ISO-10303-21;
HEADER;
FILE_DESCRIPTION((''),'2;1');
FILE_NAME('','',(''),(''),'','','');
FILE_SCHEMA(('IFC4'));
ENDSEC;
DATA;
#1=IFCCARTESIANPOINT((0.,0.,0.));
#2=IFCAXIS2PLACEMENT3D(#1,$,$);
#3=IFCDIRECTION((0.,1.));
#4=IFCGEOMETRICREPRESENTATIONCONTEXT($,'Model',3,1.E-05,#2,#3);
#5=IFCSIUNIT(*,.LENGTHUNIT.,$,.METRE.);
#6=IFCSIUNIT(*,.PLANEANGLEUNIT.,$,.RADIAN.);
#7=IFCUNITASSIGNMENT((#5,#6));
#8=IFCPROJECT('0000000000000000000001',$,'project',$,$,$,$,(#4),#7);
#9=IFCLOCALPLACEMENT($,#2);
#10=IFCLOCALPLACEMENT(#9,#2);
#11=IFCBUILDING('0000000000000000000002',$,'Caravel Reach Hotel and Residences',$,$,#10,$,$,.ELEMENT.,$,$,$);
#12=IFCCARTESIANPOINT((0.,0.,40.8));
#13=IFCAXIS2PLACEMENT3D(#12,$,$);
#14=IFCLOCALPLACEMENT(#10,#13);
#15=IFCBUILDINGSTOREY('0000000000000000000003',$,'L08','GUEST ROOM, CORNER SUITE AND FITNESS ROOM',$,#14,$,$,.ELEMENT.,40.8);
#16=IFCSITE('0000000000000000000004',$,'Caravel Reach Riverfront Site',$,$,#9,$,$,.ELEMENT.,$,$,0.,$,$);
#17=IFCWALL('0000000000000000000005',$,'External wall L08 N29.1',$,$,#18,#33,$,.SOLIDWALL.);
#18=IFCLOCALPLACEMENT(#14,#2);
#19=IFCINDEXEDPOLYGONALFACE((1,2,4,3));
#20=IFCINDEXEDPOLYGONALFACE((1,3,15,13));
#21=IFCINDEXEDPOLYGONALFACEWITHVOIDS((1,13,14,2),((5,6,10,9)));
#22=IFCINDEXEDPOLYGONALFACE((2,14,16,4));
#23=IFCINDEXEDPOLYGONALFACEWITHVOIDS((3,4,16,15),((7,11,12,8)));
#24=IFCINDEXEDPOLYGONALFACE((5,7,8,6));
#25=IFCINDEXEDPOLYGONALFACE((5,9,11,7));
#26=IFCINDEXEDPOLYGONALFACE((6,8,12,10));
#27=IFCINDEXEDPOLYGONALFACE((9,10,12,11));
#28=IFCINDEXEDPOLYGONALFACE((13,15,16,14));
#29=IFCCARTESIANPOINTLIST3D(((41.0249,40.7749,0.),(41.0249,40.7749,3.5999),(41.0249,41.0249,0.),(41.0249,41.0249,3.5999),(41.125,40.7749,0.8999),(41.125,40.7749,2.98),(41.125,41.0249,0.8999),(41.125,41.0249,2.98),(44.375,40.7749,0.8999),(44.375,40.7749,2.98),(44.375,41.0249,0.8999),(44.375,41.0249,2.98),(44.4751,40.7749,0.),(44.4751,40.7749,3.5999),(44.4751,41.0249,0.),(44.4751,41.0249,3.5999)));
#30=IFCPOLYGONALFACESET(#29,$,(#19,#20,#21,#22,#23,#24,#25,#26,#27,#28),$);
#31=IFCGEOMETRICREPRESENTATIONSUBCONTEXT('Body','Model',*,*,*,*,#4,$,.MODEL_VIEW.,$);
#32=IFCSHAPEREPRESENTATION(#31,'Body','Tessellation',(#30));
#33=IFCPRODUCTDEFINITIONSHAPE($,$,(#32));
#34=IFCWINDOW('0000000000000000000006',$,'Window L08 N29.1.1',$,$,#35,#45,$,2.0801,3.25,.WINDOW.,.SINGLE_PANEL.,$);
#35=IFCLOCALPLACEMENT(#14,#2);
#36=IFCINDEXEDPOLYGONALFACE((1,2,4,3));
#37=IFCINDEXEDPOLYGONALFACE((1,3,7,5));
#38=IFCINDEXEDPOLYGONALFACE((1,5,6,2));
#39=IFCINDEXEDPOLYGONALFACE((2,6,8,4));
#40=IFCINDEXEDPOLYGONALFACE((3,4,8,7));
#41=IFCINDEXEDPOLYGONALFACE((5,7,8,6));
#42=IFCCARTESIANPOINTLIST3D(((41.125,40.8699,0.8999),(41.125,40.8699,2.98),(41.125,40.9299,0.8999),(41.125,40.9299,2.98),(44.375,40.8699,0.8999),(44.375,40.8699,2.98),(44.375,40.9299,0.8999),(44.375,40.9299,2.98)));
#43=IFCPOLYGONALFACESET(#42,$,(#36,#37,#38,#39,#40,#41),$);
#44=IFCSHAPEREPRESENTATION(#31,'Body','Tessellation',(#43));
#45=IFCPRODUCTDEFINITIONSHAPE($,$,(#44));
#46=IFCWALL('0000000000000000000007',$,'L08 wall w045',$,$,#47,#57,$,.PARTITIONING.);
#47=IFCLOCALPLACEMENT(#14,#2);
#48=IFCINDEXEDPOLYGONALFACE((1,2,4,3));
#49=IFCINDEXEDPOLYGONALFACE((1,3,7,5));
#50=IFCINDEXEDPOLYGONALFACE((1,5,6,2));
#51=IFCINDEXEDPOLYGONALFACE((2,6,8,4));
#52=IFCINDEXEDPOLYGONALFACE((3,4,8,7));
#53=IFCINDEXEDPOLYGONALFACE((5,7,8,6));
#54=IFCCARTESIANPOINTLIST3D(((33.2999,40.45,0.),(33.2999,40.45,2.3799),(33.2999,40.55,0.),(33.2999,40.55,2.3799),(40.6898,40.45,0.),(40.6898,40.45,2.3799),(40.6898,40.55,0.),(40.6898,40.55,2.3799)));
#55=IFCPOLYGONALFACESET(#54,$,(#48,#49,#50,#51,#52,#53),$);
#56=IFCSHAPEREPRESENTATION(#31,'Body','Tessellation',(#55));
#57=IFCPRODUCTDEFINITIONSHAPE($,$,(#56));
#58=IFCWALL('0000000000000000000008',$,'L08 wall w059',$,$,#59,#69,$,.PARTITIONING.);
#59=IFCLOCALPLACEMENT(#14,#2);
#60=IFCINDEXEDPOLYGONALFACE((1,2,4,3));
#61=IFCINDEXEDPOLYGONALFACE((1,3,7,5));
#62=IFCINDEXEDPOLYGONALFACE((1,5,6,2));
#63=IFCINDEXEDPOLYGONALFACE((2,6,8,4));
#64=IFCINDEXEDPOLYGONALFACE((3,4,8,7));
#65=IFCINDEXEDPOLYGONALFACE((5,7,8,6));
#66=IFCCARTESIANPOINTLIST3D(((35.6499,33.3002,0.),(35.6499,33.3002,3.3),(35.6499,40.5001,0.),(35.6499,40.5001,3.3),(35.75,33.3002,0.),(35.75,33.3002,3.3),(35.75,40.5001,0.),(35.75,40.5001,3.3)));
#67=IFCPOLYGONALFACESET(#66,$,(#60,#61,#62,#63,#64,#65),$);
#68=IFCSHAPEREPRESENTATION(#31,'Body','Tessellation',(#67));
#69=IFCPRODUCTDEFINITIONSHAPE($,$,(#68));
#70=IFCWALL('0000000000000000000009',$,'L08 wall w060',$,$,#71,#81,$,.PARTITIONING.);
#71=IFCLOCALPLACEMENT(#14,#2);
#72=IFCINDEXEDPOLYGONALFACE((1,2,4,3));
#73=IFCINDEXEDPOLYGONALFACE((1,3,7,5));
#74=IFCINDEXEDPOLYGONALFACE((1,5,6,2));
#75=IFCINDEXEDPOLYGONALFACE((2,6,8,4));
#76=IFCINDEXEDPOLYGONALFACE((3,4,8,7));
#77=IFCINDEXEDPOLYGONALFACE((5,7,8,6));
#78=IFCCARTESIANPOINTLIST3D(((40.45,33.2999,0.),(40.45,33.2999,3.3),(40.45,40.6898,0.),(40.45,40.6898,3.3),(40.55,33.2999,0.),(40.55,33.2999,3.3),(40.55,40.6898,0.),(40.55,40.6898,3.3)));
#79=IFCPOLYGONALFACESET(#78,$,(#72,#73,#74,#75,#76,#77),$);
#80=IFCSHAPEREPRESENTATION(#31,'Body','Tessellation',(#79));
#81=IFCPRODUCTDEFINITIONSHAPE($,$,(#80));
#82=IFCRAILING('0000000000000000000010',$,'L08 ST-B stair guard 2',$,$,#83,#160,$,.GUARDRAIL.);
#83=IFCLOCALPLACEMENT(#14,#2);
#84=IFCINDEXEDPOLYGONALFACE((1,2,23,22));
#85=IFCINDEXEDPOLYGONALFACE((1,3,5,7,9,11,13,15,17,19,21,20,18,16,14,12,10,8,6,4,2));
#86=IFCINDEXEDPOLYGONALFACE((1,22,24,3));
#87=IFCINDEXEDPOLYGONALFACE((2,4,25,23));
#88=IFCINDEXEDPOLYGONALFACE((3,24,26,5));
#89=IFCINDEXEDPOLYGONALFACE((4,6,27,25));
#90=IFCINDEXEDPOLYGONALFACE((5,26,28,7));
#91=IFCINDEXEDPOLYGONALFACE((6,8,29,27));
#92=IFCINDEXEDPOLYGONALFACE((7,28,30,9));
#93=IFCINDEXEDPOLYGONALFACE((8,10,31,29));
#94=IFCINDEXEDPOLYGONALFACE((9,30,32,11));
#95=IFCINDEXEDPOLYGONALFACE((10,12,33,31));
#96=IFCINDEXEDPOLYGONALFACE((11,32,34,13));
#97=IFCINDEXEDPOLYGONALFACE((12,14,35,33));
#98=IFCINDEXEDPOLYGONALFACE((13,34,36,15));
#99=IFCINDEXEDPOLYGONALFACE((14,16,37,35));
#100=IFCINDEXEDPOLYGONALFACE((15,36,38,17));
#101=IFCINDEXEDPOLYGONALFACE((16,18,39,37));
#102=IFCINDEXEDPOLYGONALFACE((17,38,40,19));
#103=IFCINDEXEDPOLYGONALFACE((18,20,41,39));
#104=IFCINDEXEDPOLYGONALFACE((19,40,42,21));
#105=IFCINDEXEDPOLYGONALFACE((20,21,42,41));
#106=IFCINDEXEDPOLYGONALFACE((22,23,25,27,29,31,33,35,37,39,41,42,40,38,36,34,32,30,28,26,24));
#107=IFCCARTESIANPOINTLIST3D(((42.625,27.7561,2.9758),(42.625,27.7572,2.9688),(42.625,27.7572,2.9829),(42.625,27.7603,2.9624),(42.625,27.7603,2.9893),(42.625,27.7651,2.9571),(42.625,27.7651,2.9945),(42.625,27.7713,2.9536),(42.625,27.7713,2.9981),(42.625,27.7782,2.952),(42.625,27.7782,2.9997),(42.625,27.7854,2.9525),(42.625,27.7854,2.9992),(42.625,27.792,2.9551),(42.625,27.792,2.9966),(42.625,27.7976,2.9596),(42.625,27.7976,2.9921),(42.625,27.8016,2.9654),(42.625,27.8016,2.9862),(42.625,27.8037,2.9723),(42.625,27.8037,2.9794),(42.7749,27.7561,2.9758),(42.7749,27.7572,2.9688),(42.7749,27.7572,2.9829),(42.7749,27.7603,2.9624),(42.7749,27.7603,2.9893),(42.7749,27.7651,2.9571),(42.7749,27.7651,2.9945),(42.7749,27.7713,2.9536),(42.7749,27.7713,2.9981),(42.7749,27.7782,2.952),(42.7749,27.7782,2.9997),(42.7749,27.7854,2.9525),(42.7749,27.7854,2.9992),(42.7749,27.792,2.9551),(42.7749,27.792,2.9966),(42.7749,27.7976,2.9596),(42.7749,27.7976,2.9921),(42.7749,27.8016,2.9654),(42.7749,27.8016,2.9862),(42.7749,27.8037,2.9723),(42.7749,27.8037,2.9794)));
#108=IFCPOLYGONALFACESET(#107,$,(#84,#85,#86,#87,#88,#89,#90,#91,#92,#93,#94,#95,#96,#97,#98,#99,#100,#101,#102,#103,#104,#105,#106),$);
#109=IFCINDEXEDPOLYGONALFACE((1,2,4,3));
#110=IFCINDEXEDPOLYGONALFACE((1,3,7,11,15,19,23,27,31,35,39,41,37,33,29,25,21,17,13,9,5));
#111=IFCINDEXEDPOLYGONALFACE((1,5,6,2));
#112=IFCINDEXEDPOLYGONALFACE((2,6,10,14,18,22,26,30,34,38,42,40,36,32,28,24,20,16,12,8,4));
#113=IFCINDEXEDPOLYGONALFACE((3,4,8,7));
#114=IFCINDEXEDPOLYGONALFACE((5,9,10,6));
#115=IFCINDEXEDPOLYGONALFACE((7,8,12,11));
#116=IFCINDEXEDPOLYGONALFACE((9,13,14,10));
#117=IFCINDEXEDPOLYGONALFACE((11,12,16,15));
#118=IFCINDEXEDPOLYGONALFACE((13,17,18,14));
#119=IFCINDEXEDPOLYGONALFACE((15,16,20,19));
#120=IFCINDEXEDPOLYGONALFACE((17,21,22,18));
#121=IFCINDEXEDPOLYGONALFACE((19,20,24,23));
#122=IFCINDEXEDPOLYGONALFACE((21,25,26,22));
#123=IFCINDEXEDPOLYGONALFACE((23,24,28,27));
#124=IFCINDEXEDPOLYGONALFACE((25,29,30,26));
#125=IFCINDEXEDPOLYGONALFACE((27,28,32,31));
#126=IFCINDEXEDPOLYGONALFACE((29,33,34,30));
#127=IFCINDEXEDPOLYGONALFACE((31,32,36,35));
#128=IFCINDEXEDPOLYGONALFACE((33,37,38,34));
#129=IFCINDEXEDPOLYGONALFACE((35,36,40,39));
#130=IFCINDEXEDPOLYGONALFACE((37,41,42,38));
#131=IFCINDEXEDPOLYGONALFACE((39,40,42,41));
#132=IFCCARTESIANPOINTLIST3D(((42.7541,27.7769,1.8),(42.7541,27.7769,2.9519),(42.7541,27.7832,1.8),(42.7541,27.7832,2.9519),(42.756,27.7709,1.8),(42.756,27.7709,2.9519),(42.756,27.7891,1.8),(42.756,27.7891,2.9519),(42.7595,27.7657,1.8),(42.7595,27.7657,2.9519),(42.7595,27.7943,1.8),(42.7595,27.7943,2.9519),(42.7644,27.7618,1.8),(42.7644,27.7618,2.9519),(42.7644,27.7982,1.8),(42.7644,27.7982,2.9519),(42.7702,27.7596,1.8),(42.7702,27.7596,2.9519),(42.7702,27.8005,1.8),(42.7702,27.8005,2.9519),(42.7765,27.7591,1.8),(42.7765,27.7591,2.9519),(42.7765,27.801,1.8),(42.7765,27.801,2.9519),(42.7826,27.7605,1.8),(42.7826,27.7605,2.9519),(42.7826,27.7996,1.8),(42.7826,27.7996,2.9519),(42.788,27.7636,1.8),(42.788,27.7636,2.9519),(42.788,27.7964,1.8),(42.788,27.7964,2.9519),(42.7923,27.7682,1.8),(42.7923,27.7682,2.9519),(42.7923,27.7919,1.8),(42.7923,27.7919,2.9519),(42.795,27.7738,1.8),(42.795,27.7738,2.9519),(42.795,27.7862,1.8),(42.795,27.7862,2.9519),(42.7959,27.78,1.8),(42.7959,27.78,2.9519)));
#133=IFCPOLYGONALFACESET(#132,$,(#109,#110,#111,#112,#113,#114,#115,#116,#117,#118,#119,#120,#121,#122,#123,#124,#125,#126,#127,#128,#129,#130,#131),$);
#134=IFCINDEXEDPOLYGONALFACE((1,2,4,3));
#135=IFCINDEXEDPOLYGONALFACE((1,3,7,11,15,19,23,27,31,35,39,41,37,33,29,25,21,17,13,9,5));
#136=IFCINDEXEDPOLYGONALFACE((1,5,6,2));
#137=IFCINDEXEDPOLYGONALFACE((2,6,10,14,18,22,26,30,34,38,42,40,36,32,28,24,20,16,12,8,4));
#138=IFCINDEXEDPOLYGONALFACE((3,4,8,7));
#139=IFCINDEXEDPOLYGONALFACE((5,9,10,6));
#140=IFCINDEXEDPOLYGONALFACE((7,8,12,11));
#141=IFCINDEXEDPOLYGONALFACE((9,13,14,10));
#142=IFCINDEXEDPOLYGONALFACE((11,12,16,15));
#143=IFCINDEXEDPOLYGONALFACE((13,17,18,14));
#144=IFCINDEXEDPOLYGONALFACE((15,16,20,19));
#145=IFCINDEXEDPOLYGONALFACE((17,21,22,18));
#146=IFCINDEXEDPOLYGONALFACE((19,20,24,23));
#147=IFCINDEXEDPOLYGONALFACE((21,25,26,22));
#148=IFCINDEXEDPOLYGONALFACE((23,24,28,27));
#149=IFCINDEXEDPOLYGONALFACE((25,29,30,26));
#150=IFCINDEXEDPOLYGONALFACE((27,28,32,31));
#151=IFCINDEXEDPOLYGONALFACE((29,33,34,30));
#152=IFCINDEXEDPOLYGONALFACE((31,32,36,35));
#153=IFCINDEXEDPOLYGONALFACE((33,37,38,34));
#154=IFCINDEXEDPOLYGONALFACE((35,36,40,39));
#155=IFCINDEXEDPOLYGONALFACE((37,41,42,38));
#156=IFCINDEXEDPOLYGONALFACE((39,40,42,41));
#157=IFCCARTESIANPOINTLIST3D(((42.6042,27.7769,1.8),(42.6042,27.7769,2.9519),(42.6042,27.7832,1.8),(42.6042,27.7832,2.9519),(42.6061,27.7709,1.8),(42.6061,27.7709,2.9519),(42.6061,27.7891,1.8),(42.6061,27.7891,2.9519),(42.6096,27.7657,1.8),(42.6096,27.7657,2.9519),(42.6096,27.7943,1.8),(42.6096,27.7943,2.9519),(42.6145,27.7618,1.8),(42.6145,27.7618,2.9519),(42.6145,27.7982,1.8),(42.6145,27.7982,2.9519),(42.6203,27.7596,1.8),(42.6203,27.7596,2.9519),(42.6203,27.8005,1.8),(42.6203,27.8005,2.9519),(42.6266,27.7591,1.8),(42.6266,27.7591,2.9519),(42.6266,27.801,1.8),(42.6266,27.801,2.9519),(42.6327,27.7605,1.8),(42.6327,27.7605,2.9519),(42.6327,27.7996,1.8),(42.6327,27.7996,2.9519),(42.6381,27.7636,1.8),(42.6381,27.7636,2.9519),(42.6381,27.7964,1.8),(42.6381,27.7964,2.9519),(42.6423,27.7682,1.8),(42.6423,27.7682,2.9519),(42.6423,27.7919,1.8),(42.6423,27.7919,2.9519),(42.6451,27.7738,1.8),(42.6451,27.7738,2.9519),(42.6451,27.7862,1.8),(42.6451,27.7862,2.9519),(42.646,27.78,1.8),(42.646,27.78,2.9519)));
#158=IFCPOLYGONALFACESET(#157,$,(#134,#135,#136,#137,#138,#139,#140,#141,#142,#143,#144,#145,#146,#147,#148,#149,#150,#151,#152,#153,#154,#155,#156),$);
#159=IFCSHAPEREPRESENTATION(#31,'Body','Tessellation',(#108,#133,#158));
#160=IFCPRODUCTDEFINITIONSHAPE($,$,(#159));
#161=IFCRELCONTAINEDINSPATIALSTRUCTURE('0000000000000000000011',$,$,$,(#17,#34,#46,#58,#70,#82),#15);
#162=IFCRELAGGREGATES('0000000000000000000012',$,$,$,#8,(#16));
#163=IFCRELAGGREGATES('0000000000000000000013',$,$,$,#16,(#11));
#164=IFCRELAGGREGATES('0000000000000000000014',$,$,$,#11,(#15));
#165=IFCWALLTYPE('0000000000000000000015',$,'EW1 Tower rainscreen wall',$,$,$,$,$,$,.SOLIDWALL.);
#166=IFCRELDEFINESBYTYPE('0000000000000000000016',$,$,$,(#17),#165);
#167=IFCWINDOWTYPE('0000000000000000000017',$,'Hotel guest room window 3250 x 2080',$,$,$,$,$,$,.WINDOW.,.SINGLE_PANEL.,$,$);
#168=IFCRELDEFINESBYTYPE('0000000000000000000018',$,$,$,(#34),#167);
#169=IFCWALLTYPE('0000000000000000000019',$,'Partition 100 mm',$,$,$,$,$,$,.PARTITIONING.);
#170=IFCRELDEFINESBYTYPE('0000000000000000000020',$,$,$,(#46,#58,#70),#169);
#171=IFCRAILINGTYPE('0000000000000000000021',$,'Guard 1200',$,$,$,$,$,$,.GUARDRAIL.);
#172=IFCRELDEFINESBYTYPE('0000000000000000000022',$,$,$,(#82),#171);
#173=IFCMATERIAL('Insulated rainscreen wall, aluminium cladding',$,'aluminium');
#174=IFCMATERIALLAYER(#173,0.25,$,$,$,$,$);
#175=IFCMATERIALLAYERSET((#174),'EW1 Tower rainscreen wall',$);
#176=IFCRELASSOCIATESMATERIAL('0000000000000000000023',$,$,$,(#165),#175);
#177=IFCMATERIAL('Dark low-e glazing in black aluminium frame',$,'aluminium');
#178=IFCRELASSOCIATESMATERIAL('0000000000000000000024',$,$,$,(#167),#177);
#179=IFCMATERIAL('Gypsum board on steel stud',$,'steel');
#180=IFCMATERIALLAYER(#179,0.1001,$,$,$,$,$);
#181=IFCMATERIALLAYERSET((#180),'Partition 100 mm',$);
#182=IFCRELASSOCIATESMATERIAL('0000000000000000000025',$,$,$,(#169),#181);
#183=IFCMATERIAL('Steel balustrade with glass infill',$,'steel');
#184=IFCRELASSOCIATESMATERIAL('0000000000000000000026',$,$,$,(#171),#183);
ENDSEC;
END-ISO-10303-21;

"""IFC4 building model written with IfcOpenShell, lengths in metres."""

from ifc_helpers import new_model, si_unit, direction, frame, frame_2d, origin, origin_2d, place, context, subcontext, project, spatial, rectangle, circle, extrude, material, layer, layer_set, type_object, element, fill, save


model = new_model("IFC4")

# Units and contexts
model_context = context("Model", 3, precision=1e-05, world=origin(), true_north=direction((0.0, 1.0)))
body_context = subcontext(model_context, "Body", "Model", "MODEL_VIEW")
ifc_project = project(units=[si_unit("LENGTHUNIT", "METRE"), si_unit("PLANEANGLEUNIT", "RADIAN")], contexts=[model_context])

# Site, building, storey
site_placement = place(None, origin())
site = spatial("IfcSite", under=ifc_project, at=site_placement, Name="Caravel Reach Riverfront Site", CompositionType="ELEMENT", RefElevation=0.0)
building_placement = place(site_placement, origin())
building = spatial("IfcBuilding", under=site, at=building_placement, Name="Caravel Reach Hotel and Residences", CompositionType="ELEMENT")
storey_placement = place(building_placement, frame((0.0, 0.0, 40.8)))
storey = spatial("IfcBuildingStorey", under=building, at=storey_placement, Name="L08", Description="GUEST ROOM, CORNER SUITE AND FITNESS ROOM", CompositionType="ELEMENT", Elevation=40.8)

# Wall, opening, window
ifc_material_1 = material(Name="Insulated rainscreen wall, aluminium cladding", Category="aluminium")
ifc_layer_1 = layer(ifc_material_1, 0.25)
ifc_layer_set_1 = layer_set([ifc_layer_1], Name="EW1 Tower rainscreen wall")
wall_type_1 = type_object("IfcWallType", Name="EW1 Tower rainscreen wall", PredefinedType="SOLIDWALL", material=ifc_layer_set_1)
wall_1_placement = place(storey_placement, frame((44.4751, 40.8999, 0.0), z_axis=(0.0, 0.0, 1.0), x_axis=(-1.0, 0.0, 0.0)))
wall_1 = element("IfcWall", 1, at=wall_1_placement, inside=storey, type_object=wall_type_1, Name="External wall L08 N29.1", PredefinedType="SOLIDWALL", context=body_context, shape_type="SweptSolid", body=[
    extrude(rectangle(XDim=3.4502, YDim=0.25, at=frame_2d((1.7251, 0.0))), origin(), (0.0, 0.0, 1.0), 3.5999),
])
opening_1_placement = place(wall_1_placement, frame((0.1001, 0.0, 0.8999)))
opening_1 = element("IfcOpeningElement", 2, at=opening_1_placement, cuts=wall_1, PredefinedType="OPENING", context=body_context, shape_type="SweptSolid", body=[
    extrude(rectangle(XDim=3.25, YDim=2.0801, at=frame_2d((1.625, 1.04))), frame((0.0, 0.135, 0.0), z_axis=(0.0, -1.0, 0.0), x_axis=(1.0, 0.0, 0.0)), (0.0, 0.0, 1.0), 0.27),
])
ifc_material_2 = material(Name="Dark low-e glazing in black aluminium frame", Category="aluminium")
window_type = type_object("IfcWindowType", Name="Hotel guest room window 3250 x 2080", PartitioningType="SINGLE_PANEL", PredefinedType="WINDOW", material=ifc_material_2)
window_placement = place(opening_1_placement, origin())
window = element("IfcWindow", 3, at=window_placement, inside=storey, type_object=window_type, Name="Window L08 N29.1.1", OverallHeight=2.0801, OverallWidth=3.25, PartitioningType="SINGLE_PANEL", PredefinedType="WINDOW", context=body_context, shape_type="SweptSolid", body=[
    extrude(rectangle(XDim=3.25, YDim=2.0801, at=frame_2d((1.625, 1.04))), frame((0.0, 0.03, 0.0), z_axis=(0.0, -1.0, 0.0), x_axis=(1.0, 0.0, 0.0)), (0.0, 0.0, 1.0), 0.0601),
])
fill(opening_1, window)

# Walls
ifc_material_3 = material(Name="Gypsum board on steel stud", Category="steel")
ifc_layer_2 = layer(ifc_material_3, 0.1001)
ifc_layer_set_2 = layer_set([ifc_layer_2], Name="Partition 100 mm")
wall_type_2 = type_object("IfcWallType", Name="Partition 100 mm", PredefinedType="PARTITIONING", material=ifc_layer_set_2)
wall_2_placement = place(storey_placement, frame((33.3, 40.5, 0.0), z_axis=(0.0, 0.0, 1.0), x_axis=(1.0, 0.0, 0.0)))
element("IfcWall", 4, at=wall_2_placement, inside=storey, type_object=wall_type_2, Name="L08 wall w045", PredefinedType="PARTITIONING", context=body_context, shape_type="SweptSolid", body=[
    extrude(rectangle(XDim=7.3899, YDim=0.1001, at=frame_2d((3.6948, 0.0))), origin(), (0.0, 0.0, 1.0), 2.3799),
])
wall_3_placement = place(storey_placement, frame((35.7, 33.3, 0.0), z_axis=(0.0, 0.0, 1.0), x_axis=(0.0, 1.0, 0.0)))
element("IfcWall", 5, at=wall_3_placement, inside=storey, type_object=wall_type_2, Name="L08 wall w059", PredefinedType="PARTITIONING", context=body_context, shape_type="SweptSolid", body=[
    extrude(rectangle(XDim=7.2, YDim=0.1001, at=frame_2d((3.6001, 0.0))), origin(), (0.0, 0.0, 1.0), 3.3),
])
wall_4_placement = place(storey_placement, frame((40.5, 33.3, 0.0), z_axis=(0.0, 0.0, 1.0), x_axis=(0.0, 1.0, 0.0)))
element("IfcWall", 6, at=wall_4_placement, inside=storey, type_object=wall_type_2, Name="L08 wall w060", PredefinedType="PARTITIONING", context=body_context, shape_type="SweptSolid", body=[
    extrude(rectangle(XDim=7.3899, YDim=0.1001, at=frame_2d((3.6948, 0.0))), origin(), (0.0, 0.0, 1.0), 3.3),
])

# Railing
ifc_material_4 = material(Name="Steel balustrade with glass infill", Category="steel")
railing_type_1 = type_object("IfcRailingType", Name="Guard 1200", PredefinedType="GUARDRAIL", material=ifc_material_4)
railing_1_placement = place(storey_placement, frame((42.7749, 27.78, 1.8)))
element("IfcRailing", 7, at=railing_1_placement, inside=storey, type_object=railing_type_1, Name="L08 ST-B stair guard 2", PredefinedType="GUARDRAIL", context=body_context, shape_type="SweptSolid", body=[
    extrude(circle(Radius=0.0239, at=origin_2d()), frame((0.0, 0.0, 1.1758), z_axis=(-1.0, 0.0, 0.0), x_axis=(0.0, -1.0, 0.0)), (0.0, 0.0, 1.0), 0.1499),
    extrude(circle(Radius=0.021, at=origin_2d()), origin(), (0.0, 0.0, 1.0), 1.1519),
    extrude(circle(Radius=0.021, at=origin_2d()), frame((-0.1499, 0.0, 0.0)), (0.0, 0.0, 1.0), 1.1519),
])

save(model, "model.ifc")
